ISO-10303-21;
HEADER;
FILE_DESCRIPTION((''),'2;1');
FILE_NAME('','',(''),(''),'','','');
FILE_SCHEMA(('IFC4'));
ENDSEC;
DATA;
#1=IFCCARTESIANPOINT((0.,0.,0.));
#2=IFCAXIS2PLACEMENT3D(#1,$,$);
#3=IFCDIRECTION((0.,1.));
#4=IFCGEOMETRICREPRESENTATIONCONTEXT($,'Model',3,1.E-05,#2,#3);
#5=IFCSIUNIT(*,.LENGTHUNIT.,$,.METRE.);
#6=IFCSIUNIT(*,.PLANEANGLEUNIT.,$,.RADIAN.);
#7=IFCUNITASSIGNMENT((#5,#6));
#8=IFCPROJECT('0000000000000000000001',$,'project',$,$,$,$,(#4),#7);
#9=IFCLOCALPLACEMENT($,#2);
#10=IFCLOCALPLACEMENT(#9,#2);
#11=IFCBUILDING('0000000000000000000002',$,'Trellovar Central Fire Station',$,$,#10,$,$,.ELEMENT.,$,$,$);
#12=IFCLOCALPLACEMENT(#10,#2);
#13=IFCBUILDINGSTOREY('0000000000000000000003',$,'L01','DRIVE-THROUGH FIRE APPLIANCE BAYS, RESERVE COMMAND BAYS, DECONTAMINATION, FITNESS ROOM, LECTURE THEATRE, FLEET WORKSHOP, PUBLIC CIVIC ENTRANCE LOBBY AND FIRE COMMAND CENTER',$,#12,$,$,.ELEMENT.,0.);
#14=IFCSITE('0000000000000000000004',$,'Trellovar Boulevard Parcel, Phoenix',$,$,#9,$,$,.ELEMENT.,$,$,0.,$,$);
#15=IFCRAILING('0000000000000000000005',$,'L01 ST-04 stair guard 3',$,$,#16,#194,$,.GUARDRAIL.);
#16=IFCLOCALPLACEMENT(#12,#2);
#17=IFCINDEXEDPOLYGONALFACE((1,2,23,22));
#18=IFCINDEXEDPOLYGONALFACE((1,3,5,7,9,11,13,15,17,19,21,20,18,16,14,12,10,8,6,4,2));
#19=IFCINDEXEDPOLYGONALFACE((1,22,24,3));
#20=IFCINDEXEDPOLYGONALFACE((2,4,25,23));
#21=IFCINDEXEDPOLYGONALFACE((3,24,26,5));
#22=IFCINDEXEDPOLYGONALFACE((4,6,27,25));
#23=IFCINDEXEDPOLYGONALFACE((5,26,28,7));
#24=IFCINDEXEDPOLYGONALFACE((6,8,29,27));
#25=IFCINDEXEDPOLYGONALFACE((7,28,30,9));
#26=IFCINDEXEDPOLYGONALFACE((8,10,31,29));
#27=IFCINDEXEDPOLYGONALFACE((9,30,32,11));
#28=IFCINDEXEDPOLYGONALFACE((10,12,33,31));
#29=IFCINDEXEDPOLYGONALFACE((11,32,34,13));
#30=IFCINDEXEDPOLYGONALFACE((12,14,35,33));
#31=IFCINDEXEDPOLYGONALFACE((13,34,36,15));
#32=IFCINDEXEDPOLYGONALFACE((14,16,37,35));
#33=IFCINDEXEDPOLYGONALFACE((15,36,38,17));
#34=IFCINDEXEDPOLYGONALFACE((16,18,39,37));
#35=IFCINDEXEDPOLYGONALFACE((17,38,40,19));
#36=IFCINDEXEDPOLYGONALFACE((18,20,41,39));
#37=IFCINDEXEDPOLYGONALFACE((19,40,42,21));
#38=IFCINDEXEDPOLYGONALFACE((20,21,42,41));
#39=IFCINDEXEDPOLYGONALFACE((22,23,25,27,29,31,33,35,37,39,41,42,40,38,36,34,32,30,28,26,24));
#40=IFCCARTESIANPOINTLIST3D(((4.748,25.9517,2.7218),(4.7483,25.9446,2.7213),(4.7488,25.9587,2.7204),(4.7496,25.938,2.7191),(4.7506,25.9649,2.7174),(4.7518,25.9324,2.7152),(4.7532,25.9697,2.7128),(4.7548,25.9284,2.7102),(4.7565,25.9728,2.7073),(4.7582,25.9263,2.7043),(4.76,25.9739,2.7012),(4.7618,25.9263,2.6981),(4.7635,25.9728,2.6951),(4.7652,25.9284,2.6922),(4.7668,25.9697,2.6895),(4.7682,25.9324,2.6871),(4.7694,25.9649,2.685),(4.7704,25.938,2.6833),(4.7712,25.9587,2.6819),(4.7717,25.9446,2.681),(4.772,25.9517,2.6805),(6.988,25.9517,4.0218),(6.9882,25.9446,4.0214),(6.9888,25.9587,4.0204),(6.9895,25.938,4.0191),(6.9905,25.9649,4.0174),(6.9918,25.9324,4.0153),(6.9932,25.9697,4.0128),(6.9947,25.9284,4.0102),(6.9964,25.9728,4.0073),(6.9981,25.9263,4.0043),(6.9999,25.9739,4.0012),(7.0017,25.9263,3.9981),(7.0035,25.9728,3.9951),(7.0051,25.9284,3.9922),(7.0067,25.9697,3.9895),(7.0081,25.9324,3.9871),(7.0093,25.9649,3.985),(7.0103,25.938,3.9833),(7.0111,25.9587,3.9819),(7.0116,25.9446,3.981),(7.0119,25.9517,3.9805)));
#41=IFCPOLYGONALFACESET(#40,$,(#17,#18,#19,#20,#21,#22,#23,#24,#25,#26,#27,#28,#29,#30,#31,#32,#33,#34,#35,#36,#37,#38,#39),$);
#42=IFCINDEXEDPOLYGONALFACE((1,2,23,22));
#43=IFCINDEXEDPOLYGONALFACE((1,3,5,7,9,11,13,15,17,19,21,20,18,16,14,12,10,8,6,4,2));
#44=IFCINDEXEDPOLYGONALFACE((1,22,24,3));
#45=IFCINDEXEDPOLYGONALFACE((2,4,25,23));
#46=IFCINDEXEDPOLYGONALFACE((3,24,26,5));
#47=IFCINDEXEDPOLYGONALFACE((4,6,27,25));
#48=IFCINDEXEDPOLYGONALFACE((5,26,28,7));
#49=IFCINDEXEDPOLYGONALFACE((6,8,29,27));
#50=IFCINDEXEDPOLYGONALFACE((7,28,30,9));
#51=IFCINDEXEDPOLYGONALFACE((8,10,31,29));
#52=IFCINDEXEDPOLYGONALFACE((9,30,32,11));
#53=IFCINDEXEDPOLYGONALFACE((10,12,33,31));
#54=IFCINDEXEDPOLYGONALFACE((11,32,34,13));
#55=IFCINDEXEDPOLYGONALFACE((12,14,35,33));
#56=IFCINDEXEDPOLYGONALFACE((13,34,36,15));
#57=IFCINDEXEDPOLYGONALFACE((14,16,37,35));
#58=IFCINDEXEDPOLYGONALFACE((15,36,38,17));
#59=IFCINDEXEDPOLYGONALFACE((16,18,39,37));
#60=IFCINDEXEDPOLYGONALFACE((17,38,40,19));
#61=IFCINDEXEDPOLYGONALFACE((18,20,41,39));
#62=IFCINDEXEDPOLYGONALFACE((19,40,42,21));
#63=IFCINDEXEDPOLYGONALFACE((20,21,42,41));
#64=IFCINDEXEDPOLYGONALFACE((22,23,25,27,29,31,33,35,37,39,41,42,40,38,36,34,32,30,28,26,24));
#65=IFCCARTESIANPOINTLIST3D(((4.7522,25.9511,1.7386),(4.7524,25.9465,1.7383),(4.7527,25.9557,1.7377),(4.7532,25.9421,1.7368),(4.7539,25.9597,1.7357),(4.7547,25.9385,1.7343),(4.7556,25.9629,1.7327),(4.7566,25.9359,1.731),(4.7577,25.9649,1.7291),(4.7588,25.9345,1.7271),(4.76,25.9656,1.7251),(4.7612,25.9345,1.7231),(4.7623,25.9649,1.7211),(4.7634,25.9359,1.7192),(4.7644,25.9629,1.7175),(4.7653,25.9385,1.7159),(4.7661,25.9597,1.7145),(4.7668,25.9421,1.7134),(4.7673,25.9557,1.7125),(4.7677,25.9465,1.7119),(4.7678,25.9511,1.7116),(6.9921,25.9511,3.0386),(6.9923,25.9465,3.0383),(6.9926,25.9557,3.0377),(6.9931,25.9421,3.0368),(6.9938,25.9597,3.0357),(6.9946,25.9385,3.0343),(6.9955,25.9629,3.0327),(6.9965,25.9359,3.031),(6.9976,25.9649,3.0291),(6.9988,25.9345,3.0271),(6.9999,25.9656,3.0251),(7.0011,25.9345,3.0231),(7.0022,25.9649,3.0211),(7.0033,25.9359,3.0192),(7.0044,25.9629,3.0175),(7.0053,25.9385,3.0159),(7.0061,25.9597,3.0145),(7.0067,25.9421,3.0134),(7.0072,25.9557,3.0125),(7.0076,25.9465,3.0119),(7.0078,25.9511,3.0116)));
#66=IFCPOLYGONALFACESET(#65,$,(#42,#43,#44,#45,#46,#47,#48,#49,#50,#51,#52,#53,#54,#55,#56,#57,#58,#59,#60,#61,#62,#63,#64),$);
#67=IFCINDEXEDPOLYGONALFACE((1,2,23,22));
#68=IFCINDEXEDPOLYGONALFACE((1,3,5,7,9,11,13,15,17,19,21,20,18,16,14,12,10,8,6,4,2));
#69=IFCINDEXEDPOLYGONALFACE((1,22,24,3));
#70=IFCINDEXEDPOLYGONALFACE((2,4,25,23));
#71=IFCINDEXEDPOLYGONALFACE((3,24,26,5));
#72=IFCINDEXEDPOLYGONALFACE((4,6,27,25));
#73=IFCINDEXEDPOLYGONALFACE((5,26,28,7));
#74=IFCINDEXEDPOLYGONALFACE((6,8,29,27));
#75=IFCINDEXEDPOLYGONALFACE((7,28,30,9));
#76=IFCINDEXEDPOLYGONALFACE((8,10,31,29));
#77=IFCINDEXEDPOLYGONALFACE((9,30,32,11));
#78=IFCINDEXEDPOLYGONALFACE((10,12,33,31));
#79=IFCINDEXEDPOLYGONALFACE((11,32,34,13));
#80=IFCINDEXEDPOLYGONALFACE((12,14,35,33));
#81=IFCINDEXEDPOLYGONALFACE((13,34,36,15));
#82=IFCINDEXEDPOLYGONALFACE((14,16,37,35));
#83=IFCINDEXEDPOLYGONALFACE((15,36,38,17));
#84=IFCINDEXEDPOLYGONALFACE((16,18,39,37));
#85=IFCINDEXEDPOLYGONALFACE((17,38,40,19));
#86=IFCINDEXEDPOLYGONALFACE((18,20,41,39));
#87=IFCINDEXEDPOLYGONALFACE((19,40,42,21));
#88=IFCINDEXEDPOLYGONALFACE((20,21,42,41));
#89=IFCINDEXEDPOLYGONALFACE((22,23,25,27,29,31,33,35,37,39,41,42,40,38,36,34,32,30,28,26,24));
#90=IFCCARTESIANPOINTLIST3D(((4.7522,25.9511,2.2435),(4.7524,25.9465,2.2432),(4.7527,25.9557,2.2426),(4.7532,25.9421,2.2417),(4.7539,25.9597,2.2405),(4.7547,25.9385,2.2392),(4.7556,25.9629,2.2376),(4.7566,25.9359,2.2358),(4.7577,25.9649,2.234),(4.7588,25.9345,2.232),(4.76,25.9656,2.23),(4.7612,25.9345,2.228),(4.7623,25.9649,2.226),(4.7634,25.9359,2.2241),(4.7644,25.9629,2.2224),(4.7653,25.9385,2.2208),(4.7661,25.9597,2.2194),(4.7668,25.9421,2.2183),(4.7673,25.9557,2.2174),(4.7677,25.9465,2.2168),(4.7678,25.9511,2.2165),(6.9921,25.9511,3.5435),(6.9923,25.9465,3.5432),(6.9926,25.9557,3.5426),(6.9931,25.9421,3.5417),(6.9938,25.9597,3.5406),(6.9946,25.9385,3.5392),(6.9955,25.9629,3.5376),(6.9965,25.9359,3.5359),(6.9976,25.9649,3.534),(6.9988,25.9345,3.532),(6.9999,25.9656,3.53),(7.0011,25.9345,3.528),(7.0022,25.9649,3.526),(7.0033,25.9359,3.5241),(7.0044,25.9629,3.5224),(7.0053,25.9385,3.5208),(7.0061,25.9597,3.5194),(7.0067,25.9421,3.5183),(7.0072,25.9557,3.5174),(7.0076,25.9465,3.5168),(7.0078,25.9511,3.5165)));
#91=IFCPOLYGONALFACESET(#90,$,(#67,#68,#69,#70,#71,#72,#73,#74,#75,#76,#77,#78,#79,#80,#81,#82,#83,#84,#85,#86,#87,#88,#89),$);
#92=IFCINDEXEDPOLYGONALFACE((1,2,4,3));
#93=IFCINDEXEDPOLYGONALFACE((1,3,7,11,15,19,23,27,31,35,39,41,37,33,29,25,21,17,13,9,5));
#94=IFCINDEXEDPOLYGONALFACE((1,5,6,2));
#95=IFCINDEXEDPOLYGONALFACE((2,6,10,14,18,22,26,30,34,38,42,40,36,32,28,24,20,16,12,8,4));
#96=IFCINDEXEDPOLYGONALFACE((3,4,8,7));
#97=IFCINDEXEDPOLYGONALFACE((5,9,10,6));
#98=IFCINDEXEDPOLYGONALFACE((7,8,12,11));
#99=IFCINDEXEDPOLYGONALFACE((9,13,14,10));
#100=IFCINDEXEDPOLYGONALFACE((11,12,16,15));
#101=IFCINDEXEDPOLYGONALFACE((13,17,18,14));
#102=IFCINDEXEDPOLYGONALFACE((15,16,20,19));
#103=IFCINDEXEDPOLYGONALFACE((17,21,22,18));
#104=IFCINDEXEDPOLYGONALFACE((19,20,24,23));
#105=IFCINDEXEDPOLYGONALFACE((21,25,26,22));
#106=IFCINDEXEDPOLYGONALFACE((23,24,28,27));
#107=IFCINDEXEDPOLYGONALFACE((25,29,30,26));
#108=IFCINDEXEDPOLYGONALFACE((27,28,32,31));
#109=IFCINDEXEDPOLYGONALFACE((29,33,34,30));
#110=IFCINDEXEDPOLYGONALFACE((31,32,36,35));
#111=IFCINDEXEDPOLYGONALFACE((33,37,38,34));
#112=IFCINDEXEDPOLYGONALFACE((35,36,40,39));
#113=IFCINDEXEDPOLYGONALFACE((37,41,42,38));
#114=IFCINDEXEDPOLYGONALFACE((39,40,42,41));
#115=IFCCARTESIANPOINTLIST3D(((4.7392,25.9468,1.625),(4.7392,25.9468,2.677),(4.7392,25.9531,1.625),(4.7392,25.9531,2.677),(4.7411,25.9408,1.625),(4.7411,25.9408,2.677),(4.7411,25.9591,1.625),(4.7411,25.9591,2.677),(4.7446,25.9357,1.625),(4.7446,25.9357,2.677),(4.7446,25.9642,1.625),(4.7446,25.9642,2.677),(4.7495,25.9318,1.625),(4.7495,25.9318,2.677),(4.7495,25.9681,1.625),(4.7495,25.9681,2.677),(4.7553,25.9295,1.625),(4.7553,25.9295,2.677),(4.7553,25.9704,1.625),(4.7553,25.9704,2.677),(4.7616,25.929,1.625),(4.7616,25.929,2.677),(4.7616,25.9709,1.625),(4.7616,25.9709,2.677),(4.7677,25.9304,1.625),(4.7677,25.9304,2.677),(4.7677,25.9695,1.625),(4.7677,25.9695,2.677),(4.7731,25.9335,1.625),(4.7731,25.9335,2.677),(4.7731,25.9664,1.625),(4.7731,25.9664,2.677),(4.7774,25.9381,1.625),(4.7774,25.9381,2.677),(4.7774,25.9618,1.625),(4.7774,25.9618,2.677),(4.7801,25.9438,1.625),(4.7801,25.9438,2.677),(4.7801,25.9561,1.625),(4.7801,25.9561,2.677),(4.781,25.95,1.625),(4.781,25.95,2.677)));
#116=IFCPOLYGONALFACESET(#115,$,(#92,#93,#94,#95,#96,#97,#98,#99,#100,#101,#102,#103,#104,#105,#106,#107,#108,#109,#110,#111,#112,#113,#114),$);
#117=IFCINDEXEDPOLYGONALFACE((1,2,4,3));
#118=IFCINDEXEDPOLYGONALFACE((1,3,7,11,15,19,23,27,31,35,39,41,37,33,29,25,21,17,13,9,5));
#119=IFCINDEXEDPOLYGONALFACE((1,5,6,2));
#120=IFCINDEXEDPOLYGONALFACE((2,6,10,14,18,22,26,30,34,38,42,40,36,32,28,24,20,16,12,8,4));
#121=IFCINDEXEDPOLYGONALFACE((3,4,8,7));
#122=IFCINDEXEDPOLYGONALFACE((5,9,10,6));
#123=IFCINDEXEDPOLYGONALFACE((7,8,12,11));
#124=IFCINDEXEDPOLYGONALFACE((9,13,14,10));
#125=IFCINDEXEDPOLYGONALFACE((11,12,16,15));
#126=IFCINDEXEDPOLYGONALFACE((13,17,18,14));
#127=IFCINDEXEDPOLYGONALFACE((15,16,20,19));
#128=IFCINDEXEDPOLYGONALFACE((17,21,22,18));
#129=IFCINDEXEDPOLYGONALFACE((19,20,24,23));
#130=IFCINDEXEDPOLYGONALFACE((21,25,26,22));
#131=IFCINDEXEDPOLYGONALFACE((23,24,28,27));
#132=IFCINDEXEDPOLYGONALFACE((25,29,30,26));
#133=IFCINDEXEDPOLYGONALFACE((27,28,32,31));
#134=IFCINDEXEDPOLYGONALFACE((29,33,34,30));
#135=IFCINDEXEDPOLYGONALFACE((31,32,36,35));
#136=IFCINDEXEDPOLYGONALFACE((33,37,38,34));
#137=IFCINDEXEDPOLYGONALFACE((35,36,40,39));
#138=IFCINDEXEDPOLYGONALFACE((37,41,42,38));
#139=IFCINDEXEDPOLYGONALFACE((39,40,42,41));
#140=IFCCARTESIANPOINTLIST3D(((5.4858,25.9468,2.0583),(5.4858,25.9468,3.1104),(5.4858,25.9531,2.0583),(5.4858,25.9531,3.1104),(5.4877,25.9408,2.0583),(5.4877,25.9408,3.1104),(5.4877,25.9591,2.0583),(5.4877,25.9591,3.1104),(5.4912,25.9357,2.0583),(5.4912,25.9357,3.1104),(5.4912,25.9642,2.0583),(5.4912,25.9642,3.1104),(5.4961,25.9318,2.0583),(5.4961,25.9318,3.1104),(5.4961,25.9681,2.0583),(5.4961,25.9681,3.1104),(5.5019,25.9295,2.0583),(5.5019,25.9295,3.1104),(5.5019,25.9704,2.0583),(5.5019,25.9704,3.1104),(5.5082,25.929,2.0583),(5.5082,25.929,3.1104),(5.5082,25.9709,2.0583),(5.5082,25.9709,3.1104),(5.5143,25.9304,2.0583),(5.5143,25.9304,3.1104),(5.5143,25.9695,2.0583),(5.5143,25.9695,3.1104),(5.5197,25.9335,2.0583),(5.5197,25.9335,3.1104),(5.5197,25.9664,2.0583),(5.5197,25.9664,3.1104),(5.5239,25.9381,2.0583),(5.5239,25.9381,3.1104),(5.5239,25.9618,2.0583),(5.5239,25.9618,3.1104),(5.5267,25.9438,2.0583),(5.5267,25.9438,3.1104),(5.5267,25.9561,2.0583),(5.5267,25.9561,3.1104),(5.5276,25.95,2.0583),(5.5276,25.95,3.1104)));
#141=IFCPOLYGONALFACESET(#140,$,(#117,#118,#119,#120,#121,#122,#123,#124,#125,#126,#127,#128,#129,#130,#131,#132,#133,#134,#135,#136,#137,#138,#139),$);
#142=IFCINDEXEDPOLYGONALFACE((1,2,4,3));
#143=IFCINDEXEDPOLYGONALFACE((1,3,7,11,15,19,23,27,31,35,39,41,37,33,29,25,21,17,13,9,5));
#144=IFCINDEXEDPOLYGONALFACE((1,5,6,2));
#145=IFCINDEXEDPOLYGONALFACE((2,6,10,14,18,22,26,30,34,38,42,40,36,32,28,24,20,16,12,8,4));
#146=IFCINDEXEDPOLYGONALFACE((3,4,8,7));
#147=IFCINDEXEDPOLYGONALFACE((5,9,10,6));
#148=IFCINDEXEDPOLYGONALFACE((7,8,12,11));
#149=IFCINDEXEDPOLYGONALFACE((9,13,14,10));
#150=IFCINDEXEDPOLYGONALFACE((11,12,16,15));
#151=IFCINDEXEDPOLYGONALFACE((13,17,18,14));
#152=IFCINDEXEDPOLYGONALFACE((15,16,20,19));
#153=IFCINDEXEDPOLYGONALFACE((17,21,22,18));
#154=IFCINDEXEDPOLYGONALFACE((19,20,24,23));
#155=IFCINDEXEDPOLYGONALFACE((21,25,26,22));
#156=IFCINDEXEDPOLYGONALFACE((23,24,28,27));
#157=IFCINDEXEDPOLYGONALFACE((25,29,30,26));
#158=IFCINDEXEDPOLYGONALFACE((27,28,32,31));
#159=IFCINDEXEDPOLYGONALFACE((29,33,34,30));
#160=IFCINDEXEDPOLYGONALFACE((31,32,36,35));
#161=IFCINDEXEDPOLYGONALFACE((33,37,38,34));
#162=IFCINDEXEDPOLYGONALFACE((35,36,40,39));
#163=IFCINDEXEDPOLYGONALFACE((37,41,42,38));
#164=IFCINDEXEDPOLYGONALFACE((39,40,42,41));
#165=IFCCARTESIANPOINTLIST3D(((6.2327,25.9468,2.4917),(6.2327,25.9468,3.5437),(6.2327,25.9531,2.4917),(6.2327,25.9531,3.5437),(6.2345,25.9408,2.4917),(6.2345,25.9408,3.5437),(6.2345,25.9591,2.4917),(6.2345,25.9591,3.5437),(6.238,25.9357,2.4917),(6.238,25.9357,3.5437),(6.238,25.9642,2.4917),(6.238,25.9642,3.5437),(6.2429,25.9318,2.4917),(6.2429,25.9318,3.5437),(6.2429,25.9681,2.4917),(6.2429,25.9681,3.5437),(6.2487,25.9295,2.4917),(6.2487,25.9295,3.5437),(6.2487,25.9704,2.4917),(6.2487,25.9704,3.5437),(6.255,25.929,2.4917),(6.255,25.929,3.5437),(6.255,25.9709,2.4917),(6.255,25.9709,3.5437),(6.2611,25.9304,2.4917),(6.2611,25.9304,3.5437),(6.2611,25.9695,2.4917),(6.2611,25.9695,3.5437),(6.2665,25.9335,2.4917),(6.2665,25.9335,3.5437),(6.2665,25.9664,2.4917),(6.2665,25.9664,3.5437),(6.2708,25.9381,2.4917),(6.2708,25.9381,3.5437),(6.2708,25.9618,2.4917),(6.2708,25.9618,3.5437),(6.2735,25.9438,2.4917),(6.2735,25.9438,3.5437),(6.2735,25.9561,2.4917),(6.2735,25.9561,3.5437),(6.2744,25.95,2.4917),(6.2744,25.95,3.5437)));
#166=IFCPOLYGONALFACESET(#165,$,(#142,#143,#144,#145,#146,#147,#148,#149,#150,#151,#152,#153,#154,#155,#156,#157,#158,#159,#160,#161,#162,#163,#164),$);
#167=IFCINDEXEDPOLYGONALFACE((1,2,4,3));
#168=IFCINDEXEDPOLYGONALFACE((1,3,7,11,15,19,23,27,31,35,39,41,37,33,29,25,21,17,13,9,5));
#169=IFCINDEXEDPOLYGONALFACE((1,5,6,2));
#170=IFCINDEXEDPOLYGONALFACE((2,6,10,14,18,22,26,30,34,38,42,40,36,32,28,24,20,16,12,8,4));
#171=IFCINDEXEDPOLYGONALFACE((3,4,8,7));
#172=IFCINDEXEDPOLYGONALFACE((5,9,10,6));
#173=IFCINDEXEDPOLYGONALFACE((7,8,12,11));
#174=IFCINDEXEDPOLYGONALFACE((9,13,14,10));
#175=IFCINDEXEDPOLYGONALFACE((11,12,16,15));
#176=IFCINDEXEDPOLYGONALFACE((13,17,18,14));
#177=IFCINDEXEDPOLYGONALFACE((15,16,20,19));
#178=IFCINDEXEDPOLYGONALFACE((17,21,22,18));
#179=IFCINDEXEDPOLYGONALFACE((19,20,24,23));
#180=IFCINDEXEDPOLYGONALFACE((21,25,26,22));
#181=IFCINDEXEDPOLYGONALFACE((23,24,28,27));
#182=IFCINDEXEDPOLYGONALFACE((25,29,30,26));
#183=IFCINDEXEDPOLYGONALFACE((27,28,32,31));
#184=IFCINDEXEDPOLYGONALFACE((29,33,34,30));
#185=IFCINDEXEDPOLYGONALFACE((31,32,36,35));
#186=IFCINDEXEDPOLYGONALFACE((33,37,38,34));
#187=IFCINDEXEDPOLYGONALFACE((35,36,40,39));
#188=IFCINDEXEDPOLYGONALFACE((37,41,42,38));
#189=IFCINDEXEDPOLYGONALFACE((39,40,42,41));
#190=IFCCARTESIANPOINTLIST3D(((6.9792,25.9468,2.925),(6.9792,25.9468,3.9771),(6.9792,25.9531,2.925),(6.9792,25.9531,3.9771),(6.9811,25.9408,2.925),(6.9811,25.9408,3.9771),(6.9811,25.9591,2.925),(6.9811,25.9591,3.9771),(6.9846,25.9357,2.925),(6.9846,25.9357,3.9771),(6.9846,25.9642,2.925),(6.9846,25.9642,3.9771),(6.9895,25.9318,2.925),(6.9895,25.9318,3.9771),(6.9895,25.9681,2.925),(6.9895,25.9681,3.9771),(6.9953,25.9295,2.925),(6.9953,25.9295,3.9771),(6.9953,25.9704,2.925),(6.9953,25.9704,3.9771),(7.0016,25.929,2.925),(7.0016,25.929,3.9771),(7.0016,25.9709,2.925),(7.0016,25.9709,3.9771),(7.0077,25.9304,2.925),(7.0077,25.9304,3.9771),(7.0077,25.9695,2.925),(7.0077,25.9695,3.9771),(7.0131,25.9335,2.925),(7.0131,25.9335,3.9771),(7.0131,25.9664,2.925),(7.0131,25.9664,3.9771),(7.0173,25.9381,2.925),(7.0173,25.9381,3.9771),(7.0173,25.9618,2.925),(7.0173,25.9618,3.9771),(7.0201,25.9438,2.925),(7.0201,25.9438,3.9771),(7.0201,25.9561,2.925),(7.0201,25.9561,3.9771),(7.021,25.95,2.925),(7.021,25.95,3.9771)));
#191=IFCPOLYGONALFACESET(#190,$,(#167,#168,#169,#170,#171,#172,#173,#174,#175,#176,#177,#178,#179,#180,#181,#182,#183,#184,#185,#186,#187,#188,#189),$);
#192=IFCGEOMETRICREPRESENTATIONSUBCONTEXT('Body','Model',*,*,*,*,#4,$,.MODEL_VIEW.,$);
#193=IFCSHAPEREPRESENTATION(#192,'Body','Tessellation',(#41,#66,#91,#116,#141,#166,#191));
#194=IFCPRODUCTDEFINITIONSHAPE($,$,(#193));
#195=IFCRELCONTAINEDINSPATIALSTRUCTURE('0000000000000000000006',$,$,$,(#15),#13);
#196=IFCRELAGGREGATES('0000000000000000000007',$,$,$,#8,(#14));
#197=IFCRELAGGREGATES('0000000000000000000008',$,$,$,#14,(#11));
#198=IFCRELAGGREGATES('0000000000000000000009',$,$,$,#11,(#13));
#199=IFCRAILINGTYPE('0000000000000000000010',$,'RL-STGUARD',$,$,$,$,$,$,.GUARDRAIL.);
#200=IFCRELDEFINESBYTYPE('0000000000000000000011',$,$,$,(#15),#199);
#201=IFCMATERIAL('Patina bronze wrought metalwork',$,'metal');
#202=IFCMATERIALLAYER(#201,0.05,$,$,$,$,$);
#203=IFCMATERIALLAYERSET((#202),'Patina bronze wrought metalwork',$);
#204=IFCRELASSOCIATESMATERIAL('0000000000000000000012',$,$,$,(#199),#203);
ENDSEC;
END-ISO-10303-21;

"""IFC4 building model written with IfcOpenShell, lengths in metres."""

from ifc_helpers import new_model, si_unit, direction, frame, origin, origin_2d, place, context, subcontext, project, spatial, circle, extrude, material, layer, layer_set, type_object, element, save


model = new_model("IFC4")

# Units and contexts
model_context = context("Model", 3, precision=1e-05, world=origin(), true_north=direction((0.0, 1.0)))
body_context = subcontext(model_context, "Body", "Model", "MODEL_VIEW")
ifc_project = project(units=[si_unit("LENGTHUNIT", "METRE"), si_unit("PLANEANGLEUNIT", "RADIAN")], contexts=[model_context])

# Site, building, storey
site_placement = place(None, origin())
site = spatial("IfcSite", under=ifc_project, at=site_placement, Name="Trellovar Boulevard Parcel, Phoenix", CompositionType="ELEMENT", RefElevation=0.0)
building_placement = place(site_placement, origin())
building = spatial("IfcBuilding", under=site, at=building_placement, Name="Trellovar Central Fire Station", CompositionType="ELEMENT")
storey_placement = place(building_placement, origin())
storey = spatial("IfcBuildingStorey", under=building, at=storey_placement, Name="L01", Description="DRIVE-THROUGH FIRE APPLIANCE BAYS, RESERVE COMMAND BAYS, DECONTAMINATION, FITNESS ROOM, LECTURE THEATRE, FLEET WORKSHOP, PUBLIC CIVIC ENTRANCE LOBBY AND FIRE COMMAND CENTER", CompositionType="ELEMENT", Elevation=0.0)

# Railing
ifc_material_1 = material(Name="Patina bronze wrought metalwork", Category="metal")
ifc_layer_1 = layer(ifc_material_1, 0.05)
ifc_layer_set_1 = layer_set([ifc_layer_1], Name="Patina bronze wrought metalwork")
railing_type_1 = type_object("IfcRailingType", Name="RL-STGUARD", PredefinedType="GUARDRAIL", material=ifc_layer_set_1)
railing_1_placement = place(storey_placement, frame((4.76, 25.95, 1.625)))
element("IfcRailing", 1, at=railing_1_placement, inside=storey, type_object=railing_type_1, Name="L01 ST-04 stair guard 3", PredefinedType="GUARDRAIL", context=body_context, shape_type="SweptSolid", body=[
    extrude(circle(Radius=0.0239, at=origin_2d()), frame((0.0, 0.0, 1.0762), z_axis=(0.864888, 0.0, 0.501965), x_axis=(0.0, 1.0, 0.0)), (0.0, 0.0, 1.0), 2.5898),
    extrude(circle(Radius=0.0156, at=origin_2d()), frame((0.0, 0.0, 0.1001), z_axis=(0.864888, 0.0, 0.501965), x_axis=(0.0, 1.0, 0.0)), (0.0, 0.0, 1.0), 2.5898),
    extrude(circle(Radius=0.0156, at=origin_2d()), frame((0.0, 0.0, 0.605), z_axis=(0.864888, 0.0, 0.501965), x_axis=(0.0, 1.0, 0.0)), (0.0, 0.0, 1.0), 2.5898),
    extrude(circle(Radius=0.021, at=origin_2d()), origin(), (0.0, 0.0, 1.0), 1.052),
    extrude(circle(Radius=0.021, at=origin_2d()), frame((0.7466, 0.0, 0.4333)), (0.0, 0.0, 1.0), 1.052),
    extrude(circle(Radius=0.021, at=origin_2d()), frame((1.4934, 0.0, 0.8667)), (0.0, 0.0, 1.0), 1.052),
    extrude(circle(Radius=0.021, at=origin_2d()), frame((2.24, 0.0, 1.3)), (0.0, 0.0, 1.0), 1.052),
])

save(model, "model.ifc")
